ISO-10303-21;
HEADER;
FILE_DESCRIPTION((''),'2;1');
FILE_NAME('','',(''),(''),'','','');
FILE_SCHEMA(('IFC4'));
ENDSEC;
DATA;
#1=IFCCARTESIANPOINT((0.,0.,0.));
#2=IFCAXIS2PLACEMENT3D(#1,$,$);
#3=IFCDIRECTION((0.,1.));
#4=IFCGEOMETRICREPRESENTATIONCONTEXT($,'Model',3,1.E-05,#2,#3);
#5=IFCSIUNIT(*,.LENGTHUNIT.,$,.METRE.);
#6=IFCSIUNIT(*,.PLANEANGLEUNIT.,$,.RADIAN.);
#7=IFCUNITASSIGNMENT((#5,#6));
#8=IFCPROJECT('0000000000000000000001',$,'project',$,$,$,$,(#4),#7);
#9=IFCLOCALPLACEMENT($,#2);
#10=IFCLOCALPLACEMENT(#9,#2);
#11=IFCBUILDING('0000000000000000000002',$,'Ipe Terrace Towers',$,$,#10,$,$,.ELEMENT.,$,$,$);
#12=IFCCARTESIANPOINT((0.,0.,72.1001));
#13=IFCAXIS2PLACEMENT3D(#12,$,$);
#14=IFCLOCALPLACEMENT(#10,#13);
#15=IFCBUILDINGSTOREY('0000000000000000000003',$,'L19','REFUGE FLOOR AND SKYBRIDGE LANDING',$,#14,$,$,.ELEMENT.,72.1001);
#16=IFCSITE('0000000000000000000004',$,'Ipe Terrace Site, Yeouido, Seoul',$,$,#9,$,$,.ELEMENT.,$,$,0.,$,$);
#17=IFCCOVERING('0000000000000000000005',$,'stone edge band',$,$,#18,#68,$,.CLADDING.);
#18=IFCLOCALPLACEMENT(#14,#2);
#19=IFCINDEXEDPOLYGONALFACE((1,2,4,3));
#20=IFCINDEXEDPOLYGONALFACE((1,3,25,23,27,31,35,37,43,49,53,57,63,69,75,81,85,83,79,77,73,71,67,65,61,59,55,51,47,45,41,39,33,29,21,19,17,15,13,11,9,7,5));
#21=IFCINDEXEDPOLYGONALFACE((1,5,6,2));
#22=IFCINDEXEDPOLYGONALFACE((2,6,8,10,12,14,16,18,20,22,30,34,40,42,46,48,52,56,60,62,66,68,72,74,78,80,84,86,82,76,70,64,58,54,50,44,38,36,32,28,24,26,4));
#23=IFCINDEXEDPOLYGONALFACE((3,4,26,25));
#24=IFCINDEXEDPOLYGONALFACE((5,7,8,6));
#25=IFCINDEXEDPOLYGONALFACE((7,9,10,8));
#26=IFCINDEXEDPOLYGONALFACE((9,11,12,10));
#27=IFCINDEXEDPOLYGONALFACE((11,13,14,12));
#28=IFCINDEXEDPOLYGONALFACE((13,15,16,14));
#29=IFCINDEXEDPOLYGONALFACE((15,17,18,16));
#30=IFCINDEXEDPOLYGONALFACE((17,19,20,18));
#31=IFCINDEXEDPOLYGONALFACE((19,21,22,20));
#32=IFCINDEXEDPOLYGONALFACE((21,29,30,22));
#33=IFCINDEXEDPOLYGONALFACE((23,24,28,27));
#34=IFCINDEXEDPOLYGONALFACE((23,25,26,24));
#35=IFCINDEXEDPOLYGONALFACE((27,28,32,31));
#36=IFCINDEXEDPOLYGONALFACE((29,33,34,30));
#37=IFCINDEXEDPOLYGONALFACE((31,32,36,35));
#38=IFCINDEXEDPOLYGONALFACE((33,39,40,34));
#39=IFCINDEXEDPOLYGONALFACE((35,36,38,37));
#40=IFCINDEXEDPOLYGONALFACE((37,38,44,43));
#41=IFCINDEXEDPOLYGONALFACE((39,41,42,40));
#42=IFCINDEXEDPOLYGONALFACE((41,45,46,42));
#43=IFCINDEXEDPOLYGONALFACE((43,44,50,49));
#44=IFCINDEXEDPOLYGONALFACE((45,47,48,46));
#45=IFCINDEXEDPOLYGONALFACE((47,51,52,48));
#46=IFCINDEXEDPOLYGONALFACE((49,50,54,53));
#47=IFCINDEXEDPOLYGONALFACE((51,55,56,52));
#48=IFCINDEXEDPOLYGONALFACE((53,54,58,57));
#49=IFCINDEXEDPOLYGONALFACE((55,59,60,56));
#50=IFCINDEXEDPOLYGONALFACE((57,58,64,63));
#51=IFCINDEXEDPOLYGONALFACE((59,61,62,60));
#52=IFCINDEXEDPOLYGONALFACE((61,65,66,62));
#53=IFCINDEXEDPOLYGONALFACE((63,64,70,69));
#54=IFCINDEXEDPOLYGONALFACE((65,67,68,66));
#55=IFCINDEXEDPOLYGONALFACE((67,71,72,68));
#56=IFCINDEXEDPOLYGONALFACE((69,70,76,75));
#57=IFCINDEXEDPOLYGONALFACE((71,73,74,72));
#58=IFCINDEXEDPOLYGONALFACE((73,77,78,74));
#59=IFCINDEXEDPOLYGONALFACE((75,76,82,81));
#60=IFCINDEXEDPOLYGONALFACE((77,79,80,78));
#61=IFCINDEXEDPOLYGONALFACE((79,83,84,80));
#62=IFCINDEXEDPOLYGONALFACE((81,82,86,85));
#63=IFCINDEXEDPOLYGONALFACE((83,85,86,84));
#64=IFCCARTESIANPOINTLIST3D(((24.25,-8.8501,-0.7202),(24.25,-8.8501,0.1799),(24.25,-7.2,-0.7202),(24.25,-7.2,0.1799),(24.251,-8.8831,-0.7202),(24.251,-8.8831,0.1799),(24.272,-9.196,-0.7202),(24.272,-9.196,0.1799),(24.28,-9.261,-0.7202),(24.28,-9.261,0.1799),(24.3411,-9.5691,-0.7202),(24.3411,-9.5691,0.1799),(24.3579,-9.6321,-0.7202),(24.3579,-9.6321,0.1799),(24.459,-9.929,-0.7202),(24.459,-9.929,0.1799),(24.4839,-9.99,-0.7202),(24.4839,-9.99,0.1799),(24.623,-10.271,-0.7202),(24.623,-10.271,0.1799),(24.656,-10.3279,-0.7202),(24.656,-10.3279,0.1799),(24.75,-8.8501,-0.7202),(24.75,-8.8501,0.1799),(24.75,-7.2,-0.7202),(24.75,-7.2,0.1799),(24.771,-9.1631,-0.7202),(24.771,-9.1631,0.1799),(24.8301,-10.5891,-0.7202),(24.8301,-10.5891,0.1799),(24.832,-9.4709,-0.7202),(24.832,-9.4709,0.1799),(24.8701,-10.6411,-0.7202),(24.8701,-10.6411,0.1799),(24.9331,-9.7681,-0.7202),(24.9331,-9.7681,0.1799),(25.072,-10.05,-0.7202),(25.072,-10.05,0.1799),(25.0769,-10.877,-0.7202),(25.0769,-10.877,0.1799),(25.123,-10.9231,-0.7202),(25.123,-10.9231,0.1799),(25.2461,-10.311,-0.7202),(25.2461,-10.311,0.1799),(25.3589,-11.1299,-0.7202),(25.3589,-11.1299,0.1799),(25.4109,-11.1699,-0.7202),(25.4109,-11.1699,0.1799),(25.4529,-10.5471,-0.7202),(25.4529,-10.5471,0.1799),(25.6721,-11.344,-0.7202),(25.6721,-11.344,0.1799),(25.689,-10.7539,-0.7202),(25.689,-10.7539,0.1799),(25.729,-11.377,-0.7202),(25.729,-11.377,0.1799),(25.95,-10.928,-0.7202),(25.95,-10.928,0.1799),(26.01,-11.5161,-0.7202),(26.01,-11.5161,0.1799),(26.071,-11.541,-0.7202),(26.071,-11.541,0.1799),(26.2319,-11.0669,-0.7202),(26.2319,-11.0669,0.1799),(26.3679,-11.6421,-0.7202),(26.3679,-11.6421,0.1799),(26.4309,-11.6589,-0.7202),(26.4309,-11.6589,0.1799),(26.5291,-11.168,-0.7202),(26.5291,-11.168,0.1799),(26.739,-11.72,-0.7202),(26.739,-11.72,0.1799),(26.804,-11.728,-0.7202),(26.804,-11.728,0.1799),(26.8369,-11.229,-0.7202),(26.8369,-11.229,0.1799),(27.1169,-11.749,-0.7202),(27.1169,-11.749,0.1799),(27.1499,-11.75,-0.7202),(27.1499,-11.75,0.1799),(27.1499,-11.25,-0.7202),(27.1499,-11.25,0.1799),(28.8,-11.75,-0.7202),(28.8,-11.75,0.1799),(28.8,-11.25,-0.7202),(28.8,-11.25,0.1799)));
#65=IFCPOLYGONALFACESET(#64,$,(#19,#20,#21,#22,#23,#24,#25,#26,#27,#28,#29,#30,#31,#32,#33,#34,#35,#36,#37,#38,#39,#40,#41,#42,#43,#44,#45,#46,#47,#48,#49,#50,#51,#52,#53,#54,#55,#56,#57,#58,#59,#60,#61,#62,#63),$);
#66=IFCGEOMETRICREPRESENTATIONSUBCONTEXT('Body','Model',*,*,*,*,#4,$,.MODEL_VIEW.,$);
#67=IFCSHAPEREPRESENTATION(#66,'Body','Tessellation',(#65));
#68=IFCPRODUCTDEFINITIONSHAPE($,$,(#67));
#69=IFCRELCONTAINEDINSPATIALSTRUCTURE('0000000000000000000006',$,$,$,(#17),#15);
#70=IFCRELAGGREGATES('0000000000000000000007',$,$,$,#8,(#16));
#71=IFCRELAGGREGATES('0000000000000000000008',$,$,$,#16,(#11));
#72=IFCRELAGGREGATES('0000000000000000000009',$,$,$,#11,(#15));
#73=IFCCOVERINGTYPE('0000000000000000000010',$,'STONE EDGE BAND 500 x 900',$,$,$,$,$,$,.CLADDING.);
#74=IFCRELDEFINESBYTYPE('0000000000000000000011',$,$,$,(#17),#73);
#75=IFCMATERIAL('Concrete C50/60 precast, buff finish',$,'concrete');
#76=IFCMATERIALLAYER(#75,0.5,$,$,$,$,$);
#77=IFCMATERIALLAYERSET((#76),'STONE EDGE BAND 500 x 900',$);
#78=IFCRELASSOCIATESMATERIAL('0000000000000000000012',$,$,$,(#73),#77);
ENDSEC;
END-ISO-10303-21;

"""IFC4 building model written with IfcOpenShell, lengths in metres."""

from ifc_helpers import new_model, si_unit, direction, frame, origin, place, context, subcontext, project, spatial, polyline, outline, extrude, material, layer, layer_set, type_object, element, save


model = new_model("IFC4")

# Units and contexts
model_context = context("Model", 3, precision=1e-05, world=origin(), true_north=direction((0.0, 1.0)))
body_context = subcontext(model_context, "Body", "Model", "MODEL_VIEW")
ifc_project = project(units=[si_unit("LENGTHUNIT", "METRE"), si_unit("PLANEANGLEUNIT", "RADIAN")], contexts=[model_context])

# Site, building, storey
site_placement = place(None, origin())
site = spatial("IfcSite", under=ifc_project, at=site_placement, Name="Ipe Terrace Site, Yeouido, Seoul", CompositionType="ELEMENT", RefElevation=0.0)
building_placement = place(site_placement, origin())
building = spatial("IfcBuilding", under=site, at=building_placement, Name="Ipe Terrace Towers", CompositionType="ELEMENT")
storey_placement = place(building_placement, frame((0.0, 0.0, 72.1001)))
storey = spatial("IfcBuildingStorey", under=building, at=storey_placement, Name="L19", Description="REFUGE FLOOR AND SKYBRIDGE LANDING", CompositionType="ELEMENT", Elevation=72.1001)

# Covering
ifc_material_1 = material(Name="Concrete C50/60 precast, buff finish", Category="concrete")
ifc_layer_1 = layer(ifc_material_1, 0.5)
ifc_layer_set_1 = layer_set([ifc_layer_1], Name="STONE EDGE BAND 500 x 900")
covering_type = type_object("IfcCoveringType", Name="STONE EDGE BAND 500 x 900", PredefinedType="CLADDING", material=ifc_layer_set_1)
covering_1_placement = place(storey_placement, frame((0.0, 0.0, -0.7202)))
element("IfcCovering", 1, at=covering_1_placement, inside=storey, type_object=covering_type, Name="stone edge band", PredefinedType="CLADDING", context=body_context, shape_type="SweptSolid", body=[
    extrude(outline(polyline([(24.25, -8.8501), (24.251, -8.8831), (24.272, -9.196), (24.28, -9.261), (24.3411, -9.5691), (24.3579, -9.6321), (24.459, -9.929), (24.4839, -9.99), (24.623, -10.271), (24.656, -10.3279), (24.8301, -10.5891), (24.8701, -10.6411), (25.0769, -10.877), (25.123, -10.9231), (25.3589, -11.1299), (25.4109, -11.1699), (25.6721, -11.344), (25.729, -11.377), (26.01, -11.5161), (26.071, -11.541), (26.3679, -11.6421), (26.4309, -11.6589), (26.739, -11.72), (26.804, -11.728), (27.1169, -11.749), (27.1499, -11.75), (28.8, -11.75), (28.8, -11.25), (27.1499, -11.25), (26.8369, -11.229), (26.5291, -11.168), (26.2319, -11.0669), (25.95, -10.928), (25.689, -10.7539), (25.4529, -10.5471), (25.2461, -10.311), (25.072, -10.05), (24.9331, -9.7681), (24.832, -9.4709), (24.771, -9.1631), (24.75, -8.8501), (24.75, -7.2), (24.25, -7.2), (24.25, -8.8501)])), origin(), (0.0, 0.0, 1.0), 0.9001),
])

save(model, "model.ifc")
